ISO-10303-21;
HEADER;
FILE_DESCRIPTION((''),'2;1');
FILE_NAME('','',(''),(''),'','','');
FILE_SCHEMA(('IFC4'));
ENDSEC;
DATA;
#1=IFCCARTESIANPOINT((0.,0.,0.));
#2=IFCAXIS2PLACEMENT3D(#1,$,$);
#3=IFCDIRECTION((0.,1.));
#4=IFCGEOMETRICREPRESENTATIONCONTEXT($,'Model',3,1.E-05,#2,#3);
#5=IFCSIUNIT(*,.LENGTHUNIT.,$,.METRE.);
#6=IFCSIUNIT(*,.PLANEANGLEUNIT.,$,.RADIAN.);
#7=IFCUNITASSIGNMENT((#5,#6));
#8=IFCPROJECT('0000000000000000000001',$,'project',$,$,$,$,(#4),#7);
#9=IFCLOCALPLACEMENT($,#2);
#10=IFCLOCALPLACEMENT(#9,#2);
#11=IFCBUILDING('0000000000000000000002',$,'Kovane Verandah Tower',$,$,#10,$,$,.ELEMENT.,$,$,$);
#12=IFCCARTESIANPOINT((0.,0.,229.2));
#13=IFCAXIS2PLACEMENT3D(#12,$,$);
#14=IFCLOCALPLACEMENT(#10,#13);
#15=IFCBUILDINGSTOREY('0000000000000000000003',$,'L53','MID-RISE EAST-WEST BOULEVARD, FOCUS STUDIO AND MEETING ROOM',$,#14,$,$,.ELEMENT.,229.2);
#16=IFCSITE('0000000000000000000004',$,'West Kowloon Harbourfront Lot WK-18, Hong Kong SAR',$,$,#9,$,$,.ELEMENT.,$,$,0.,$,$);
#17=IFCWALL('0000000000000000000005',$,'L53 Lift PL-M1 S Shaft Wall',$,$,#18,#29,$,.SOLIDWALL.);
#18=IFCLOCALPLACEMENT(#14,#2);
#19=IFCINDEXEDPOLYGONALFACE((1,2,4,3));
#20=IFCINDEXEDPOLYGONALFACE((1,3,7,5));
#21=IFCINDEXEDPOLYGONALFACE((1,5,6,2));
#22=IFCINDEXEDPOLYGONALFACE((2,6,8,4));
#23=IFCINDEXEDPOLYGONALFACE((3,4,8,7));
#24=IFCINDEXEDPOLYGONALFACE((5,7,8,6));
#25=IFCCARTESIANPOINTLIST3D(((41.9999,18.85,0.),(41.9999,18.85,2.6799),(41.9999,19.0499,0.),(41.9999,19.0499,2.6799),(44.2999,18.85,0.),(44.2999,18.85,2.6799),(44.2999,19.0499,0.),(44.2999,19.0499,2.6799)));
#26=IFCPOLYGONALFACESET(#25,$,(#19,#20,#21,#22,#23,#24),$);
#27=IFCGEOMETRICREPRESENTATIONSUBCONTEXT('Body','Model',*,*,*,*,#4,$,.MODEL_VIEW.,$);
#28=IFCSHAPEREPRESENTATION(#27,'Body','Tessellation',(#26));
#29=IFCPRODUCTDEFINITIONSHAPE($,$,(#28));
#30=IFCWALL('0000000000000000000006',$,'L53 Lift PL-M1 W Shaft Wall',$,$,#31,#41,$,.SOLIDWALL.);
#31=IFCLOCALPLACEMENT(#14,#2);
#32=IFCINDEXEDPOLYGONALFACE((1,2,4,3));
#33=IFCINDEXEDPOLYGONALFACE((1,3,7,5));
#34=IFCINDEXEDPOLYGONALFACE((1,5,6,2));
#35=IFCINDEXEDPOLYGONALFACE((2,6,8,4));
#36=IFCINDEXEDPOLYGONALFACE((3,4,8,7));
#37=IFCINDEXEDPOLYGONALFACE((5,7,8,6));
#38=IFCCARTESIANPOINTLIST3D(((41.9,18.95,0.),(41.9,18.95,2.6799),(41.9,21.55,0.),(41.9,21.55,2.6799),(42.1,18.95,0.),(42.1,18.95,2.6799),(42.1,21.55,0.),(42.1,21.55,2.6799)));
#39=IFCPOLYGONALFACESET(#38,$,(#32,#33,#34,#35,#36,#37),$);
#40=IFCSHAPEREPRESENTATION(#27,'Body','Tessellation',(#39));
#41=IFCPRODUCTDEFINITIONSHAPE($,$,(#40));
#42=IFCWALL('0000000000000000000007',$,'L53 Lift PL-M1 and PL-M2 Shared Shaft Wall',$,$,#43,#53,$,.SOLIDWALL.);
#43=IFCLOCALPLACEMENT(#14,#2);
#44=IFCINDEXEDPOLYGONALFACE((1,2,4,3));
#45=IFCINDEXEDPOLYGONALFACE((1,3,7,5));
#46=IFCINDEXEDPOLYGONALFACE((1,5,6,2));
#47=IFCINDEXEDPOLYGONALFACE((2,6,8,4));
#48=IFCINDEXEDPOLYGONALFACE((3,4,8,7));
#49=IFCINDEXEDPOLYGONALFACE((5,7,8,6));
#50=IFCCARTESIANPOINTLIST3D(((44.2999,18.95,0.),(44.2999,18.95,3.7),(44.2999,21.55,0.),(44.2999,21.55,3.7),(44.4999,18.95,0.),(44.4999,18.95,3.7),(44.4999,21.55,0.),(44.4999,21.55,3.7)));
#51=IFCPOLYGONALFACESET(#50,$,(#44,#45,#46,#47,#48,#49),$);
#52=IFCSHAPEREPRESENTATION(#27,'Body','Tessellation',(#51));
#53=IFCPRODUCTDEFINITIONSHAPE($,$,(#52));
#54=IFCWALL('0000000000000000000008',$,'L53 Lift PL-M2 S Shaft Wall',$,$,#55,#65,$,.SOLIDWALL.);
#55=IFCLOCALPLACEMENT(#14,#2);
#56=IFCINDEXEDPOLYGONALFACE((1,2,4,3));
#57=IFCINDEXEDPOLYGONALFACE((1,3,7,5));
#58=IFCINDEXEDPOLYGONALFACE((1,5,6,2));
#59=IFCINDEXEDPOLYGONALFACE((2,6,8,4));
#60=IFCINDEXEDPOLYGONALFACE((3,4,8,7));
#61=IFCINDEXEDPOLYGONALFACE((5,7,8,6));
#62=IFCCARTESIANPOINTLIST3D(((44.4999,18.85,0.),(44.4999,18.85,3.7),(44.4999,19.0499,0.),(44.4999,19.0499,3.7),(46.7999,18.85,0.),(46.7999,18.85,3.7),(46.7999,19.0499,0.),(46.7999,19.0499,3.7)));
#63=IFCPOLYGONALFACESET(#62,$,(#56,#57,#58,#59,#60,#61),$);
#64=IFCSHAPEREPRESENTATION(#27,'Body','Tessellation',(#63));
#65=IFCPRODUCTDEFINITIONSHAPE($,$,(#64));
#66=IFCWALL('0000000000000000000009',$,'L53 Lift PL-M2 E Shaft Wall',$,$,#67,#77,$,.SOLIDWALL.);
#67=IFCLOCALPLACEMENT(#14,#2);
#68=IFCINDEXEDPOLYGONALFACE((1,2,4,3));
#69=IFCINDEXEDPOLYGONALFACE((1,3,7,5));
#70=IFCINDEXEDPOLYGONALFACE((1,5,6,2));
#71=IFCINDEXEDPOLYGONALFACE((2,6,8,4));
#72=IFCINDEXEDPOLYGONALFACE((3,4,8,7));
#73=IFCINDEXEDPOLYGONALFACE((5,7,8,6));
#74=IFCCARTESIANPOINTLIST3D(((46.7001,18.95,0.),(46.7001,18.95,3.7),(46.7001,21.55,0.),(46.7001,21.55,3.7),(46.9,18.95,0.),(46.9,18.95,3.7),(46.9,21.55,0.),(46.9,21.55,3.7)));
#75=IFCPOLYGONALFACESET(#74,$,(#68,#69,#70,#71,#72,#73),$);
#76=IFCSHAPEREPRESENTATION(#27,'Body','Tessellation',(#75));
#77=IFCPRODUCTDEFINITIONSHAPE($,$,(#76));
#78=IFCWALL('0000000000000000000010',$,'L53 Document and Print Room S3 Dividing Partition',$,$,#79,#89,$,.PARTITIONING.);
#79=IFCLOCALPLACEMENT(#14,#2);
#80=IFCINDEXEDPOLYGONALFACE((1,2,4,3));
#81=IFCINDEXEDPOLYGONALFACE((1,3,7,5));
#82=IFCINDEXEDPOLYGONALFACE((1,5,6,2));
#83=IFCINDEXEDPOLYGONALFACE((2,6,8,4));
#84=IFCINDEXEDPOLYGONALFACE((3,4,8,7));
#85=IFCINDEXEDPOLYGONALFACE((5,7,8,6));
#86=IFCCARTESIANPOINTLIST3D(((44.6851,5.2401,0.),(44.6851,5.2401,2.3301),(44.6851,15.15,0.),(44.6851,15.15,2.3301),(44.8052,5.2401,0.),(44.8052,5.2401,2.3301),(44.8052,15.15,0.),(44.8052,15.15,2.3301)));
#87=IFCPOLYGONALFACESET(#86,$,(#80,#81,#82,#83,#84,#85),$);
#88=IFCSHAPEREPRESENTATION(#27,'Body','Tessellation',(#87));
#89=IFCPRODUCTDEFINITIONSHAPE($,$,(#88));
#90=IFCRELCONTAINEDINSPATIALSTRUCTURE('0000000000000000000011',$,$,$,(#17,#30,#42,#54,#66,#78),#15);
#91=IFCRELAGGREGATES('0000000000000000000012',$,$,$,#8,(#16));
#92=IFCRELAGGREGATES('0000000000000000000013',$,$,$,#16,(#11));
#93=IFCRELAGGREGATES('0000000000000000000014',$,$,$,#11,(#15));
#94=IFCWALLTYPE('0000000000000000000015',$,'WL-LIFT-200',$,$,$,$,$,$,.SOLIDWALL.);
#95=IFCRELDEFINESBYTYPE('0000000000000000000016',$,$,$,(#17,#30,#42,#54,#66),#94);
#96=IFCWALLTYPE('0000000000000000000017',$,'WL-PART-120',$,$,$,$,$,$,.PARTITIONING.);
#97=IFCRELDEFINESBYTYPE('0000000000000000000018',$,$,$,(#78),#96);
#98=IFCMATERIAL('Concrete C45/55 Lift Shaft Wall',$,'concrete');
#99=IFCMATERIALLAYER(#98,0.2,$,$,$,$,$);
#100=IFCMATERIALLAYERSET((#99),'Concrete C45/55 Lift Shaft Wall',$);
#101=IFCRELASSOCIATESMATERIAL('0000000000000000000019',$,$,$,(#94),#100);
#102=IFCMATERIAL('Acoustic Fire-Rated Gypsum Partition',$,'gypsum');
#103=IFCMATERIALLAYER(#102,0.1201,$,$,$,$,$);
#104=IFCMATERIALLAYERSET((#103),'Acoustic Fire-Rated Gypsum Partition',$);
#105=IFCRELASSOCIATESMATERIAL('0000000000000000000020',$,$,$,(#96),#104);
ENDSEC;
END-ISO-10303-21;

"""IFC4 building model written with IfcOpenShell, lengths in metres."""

from ifc_helpers import new_model, si_unit, direction, frame, frame_2d, origin, place, context, subcontext, project, spatial, rectangle, extrude, material, layer, layer_set, type_object, element, save


model = new_model("IFC4")

# Units and contexts
model_context = context("Model", 3, precision=1e-05, world=origin(), true_north=direction((0.0, 1.0)))
body_context = subcontext(model_context, "Body", "Model", "MODEL_VIEW")
ifc_project = project(units=[si_unit("LENGTHUNIT", "METRE"), si_unit("PLANEANGLEUNIT", "RADIAN")], contexts=[model_context])

# Site, building, storey
site_placement = place(None, origin())
site = spatial("IfcSite", under=ifc_project, at=site_placement, Name="West Kowloon Harbourfront Lot WK-18, Hong Kong SAR", CompositionType="ELEMENT", RefElevation=0.0)
building_placement = place(site_placement, origin())
building = spatial("IfcBuilding", under=site, at=building_placement, Name="Kovane Verandah Tower", CompositionType="ELEMENT")
storey_placement = place(building_placement, frame((0.0, 0.0, 229.2)))
storey = spatial("IfcBuildingStorey", under=building, at=storey_placement, Name="L53", Description="MID-RISE EAST-WEST BOULEVARD, FOCUS STUDIO AND MEETING ROOM", CompositionType="ELEMENT", Elevation=229.2)

# Wall
ifc_material_1 = material(Name="Concrete C45/55 Lift Shaft Wall", Category="concrete")
ifc_layer_1 = layer(ifc_material_1, 0.2)
ifc_layer_set_1 = layer_set([ifc_layer_1], Name="Concrete C45/55 Lift Shaft Wall")
wall_type_1 = type_object("IfcWallType", Name="WL-LIFT-200", PredefinedType="SOLIDWALL", material=ifc_layer_set_1)
wall_1_placement = place(storey_placement, frame((42.0, 18.95, 0.0), z_axis=(0.0, 0.0, 1.0), x_axis=(1.0, 0.0, 0.0)))
element("IfcWall", 1, at=wall_1_placement, inside=storey, type_object=wall_type_1, Name="L53 Lift PL-M1 S Shaft Wall", PredefinedType="SOLIDWALL", context=body_context, shape_type="SweptSolid", body=[
    extrude(rectangle(XDim=2.3, YDim=0.2, at=frame_2d((1.1499, 0.0))), origin(), (0.0, 0.0, 1.0), 2.6799),
])

# Walls
wall_2_placement = place(storey_placement, frame((42.0, 21.55, 0.0), z_axis=(0.0, 0.0, 1.0), x_axis=(0.0, -1.0, 0.0)))
element("IfcWall", 2, at=wall_2_placement, inside=storey, type_object=wall_type_1, Name="L53 Lift PL-M1 W Shaft Wall", PredefinedType="SOLIDWALL", context=body_context, shape_type="SweptSolid", body=[
    extrude(rectangle(XDim=2.6001, YDim=0.2, at=frame_2d((1.3, 0.0))), origin(), (0.0, 0.0, 1.0), 2.6799),
])
wall_3_placement = place(storey_placement, frame((44.3999, 18.95, 0.0), z_axis=(0.0, 0.0, 1.0), x_axis=(0.0, 1.0, 0.0)))
element("IfcWall", 3, at=wall_3_placement, inside=storey, type_object=wall_type_1, Name="L53 Lift PL-M1 and PL-M2 Shared Shaft Wall", PredefinedType="SOLIDWALL", context=body_context, shape_type="SweptSolid", body=[
    extrude(rectangle(XDim=2.6001, YDim=0.2, at=frame_2d((1.3, 0.0))), origin(), (0.0, 0.0, 1.0), 3.7),
])
wall_4_placement = place(storey_placement, frame((44.5, 18.95, 0.0), z_axis=(0.0, 0.0, 1.0), x_axis=(1.0, 0.0, 0.0)))
element("IfcWall", 4, at=wall_4_placement, inside=storey, type_object=wall_type_1, Name="L53 Lift PL-M2 S Shaft Wall", PredefinedType="SOLIDWALL", context=body_context, shape_type="SweptSolid", body=[
    extrude(rectangle(XDim=2.3, YDim=0.2, at=frame_2d((1.1499, 0.0))), origin(), (0.0, 0.0, 1.0), 3.7),
])

# Walls
wall_5_placement = place(storey_placement, frame((46.8, 18.95, 0.0), z_axis=(0.0, 0.0, 1.0), x_axis=(0.0, 1.0, 0.0)))
element("IfcWall", 5, at=wall_5_placement, inside=storey, type_object=wall_type_1, Name="L53 Lift PL-M2 E Shaft Wall", PredefinedType="SOLIDWALL", context=body_context, shape_type="SweptSolid", body=[
    extrude(rectangle(XDim=2.6001, YDim=0.2, at=frame_2d((1.3, 0.0))), origin(), (0.0, 0.0, 1.0), 3.7),
])
ifc_material_2 = material(Name="Acoustic Fire-Rated Gypsum Partition", Category="gypsum")
ifc_layer_2 = layer(ifc_material_2, 0.1201)
ifc_layer_set_2 = layer_set([ifc_layer_2], Name="Acoustic Fire-Rated Gypsum Partition")
wall_type_2 = type_object("IfcWallType", Name="WL-PART-120", PredefinedType="PARTITIONING", material=ifc_layer_set_2)
wall_6_placement = place(storey_placement, frame((44.7451, 5.24, 0.0), z_axis=(0.0, 0.0, 1.0), x_axis=(0.0, 1.0, 0.0)))
element("IfcWall", 6, at=wall_6_placement, inside=storey, type_object=wall_type_2, Name="L53 Document and Print Room S3 Dividing Partition", PredefinedType="PARTITIONING", context=body_context, shape_type="SweptSolid", body=[
    extrude(rectangle(XDim=9.9099, YDim=0.1201, at=frame_2d((4.9551, 0.0))), origin(), (0.0, 0.0, 1.0), 2.3301),
])

save(model, "model.ifc")
